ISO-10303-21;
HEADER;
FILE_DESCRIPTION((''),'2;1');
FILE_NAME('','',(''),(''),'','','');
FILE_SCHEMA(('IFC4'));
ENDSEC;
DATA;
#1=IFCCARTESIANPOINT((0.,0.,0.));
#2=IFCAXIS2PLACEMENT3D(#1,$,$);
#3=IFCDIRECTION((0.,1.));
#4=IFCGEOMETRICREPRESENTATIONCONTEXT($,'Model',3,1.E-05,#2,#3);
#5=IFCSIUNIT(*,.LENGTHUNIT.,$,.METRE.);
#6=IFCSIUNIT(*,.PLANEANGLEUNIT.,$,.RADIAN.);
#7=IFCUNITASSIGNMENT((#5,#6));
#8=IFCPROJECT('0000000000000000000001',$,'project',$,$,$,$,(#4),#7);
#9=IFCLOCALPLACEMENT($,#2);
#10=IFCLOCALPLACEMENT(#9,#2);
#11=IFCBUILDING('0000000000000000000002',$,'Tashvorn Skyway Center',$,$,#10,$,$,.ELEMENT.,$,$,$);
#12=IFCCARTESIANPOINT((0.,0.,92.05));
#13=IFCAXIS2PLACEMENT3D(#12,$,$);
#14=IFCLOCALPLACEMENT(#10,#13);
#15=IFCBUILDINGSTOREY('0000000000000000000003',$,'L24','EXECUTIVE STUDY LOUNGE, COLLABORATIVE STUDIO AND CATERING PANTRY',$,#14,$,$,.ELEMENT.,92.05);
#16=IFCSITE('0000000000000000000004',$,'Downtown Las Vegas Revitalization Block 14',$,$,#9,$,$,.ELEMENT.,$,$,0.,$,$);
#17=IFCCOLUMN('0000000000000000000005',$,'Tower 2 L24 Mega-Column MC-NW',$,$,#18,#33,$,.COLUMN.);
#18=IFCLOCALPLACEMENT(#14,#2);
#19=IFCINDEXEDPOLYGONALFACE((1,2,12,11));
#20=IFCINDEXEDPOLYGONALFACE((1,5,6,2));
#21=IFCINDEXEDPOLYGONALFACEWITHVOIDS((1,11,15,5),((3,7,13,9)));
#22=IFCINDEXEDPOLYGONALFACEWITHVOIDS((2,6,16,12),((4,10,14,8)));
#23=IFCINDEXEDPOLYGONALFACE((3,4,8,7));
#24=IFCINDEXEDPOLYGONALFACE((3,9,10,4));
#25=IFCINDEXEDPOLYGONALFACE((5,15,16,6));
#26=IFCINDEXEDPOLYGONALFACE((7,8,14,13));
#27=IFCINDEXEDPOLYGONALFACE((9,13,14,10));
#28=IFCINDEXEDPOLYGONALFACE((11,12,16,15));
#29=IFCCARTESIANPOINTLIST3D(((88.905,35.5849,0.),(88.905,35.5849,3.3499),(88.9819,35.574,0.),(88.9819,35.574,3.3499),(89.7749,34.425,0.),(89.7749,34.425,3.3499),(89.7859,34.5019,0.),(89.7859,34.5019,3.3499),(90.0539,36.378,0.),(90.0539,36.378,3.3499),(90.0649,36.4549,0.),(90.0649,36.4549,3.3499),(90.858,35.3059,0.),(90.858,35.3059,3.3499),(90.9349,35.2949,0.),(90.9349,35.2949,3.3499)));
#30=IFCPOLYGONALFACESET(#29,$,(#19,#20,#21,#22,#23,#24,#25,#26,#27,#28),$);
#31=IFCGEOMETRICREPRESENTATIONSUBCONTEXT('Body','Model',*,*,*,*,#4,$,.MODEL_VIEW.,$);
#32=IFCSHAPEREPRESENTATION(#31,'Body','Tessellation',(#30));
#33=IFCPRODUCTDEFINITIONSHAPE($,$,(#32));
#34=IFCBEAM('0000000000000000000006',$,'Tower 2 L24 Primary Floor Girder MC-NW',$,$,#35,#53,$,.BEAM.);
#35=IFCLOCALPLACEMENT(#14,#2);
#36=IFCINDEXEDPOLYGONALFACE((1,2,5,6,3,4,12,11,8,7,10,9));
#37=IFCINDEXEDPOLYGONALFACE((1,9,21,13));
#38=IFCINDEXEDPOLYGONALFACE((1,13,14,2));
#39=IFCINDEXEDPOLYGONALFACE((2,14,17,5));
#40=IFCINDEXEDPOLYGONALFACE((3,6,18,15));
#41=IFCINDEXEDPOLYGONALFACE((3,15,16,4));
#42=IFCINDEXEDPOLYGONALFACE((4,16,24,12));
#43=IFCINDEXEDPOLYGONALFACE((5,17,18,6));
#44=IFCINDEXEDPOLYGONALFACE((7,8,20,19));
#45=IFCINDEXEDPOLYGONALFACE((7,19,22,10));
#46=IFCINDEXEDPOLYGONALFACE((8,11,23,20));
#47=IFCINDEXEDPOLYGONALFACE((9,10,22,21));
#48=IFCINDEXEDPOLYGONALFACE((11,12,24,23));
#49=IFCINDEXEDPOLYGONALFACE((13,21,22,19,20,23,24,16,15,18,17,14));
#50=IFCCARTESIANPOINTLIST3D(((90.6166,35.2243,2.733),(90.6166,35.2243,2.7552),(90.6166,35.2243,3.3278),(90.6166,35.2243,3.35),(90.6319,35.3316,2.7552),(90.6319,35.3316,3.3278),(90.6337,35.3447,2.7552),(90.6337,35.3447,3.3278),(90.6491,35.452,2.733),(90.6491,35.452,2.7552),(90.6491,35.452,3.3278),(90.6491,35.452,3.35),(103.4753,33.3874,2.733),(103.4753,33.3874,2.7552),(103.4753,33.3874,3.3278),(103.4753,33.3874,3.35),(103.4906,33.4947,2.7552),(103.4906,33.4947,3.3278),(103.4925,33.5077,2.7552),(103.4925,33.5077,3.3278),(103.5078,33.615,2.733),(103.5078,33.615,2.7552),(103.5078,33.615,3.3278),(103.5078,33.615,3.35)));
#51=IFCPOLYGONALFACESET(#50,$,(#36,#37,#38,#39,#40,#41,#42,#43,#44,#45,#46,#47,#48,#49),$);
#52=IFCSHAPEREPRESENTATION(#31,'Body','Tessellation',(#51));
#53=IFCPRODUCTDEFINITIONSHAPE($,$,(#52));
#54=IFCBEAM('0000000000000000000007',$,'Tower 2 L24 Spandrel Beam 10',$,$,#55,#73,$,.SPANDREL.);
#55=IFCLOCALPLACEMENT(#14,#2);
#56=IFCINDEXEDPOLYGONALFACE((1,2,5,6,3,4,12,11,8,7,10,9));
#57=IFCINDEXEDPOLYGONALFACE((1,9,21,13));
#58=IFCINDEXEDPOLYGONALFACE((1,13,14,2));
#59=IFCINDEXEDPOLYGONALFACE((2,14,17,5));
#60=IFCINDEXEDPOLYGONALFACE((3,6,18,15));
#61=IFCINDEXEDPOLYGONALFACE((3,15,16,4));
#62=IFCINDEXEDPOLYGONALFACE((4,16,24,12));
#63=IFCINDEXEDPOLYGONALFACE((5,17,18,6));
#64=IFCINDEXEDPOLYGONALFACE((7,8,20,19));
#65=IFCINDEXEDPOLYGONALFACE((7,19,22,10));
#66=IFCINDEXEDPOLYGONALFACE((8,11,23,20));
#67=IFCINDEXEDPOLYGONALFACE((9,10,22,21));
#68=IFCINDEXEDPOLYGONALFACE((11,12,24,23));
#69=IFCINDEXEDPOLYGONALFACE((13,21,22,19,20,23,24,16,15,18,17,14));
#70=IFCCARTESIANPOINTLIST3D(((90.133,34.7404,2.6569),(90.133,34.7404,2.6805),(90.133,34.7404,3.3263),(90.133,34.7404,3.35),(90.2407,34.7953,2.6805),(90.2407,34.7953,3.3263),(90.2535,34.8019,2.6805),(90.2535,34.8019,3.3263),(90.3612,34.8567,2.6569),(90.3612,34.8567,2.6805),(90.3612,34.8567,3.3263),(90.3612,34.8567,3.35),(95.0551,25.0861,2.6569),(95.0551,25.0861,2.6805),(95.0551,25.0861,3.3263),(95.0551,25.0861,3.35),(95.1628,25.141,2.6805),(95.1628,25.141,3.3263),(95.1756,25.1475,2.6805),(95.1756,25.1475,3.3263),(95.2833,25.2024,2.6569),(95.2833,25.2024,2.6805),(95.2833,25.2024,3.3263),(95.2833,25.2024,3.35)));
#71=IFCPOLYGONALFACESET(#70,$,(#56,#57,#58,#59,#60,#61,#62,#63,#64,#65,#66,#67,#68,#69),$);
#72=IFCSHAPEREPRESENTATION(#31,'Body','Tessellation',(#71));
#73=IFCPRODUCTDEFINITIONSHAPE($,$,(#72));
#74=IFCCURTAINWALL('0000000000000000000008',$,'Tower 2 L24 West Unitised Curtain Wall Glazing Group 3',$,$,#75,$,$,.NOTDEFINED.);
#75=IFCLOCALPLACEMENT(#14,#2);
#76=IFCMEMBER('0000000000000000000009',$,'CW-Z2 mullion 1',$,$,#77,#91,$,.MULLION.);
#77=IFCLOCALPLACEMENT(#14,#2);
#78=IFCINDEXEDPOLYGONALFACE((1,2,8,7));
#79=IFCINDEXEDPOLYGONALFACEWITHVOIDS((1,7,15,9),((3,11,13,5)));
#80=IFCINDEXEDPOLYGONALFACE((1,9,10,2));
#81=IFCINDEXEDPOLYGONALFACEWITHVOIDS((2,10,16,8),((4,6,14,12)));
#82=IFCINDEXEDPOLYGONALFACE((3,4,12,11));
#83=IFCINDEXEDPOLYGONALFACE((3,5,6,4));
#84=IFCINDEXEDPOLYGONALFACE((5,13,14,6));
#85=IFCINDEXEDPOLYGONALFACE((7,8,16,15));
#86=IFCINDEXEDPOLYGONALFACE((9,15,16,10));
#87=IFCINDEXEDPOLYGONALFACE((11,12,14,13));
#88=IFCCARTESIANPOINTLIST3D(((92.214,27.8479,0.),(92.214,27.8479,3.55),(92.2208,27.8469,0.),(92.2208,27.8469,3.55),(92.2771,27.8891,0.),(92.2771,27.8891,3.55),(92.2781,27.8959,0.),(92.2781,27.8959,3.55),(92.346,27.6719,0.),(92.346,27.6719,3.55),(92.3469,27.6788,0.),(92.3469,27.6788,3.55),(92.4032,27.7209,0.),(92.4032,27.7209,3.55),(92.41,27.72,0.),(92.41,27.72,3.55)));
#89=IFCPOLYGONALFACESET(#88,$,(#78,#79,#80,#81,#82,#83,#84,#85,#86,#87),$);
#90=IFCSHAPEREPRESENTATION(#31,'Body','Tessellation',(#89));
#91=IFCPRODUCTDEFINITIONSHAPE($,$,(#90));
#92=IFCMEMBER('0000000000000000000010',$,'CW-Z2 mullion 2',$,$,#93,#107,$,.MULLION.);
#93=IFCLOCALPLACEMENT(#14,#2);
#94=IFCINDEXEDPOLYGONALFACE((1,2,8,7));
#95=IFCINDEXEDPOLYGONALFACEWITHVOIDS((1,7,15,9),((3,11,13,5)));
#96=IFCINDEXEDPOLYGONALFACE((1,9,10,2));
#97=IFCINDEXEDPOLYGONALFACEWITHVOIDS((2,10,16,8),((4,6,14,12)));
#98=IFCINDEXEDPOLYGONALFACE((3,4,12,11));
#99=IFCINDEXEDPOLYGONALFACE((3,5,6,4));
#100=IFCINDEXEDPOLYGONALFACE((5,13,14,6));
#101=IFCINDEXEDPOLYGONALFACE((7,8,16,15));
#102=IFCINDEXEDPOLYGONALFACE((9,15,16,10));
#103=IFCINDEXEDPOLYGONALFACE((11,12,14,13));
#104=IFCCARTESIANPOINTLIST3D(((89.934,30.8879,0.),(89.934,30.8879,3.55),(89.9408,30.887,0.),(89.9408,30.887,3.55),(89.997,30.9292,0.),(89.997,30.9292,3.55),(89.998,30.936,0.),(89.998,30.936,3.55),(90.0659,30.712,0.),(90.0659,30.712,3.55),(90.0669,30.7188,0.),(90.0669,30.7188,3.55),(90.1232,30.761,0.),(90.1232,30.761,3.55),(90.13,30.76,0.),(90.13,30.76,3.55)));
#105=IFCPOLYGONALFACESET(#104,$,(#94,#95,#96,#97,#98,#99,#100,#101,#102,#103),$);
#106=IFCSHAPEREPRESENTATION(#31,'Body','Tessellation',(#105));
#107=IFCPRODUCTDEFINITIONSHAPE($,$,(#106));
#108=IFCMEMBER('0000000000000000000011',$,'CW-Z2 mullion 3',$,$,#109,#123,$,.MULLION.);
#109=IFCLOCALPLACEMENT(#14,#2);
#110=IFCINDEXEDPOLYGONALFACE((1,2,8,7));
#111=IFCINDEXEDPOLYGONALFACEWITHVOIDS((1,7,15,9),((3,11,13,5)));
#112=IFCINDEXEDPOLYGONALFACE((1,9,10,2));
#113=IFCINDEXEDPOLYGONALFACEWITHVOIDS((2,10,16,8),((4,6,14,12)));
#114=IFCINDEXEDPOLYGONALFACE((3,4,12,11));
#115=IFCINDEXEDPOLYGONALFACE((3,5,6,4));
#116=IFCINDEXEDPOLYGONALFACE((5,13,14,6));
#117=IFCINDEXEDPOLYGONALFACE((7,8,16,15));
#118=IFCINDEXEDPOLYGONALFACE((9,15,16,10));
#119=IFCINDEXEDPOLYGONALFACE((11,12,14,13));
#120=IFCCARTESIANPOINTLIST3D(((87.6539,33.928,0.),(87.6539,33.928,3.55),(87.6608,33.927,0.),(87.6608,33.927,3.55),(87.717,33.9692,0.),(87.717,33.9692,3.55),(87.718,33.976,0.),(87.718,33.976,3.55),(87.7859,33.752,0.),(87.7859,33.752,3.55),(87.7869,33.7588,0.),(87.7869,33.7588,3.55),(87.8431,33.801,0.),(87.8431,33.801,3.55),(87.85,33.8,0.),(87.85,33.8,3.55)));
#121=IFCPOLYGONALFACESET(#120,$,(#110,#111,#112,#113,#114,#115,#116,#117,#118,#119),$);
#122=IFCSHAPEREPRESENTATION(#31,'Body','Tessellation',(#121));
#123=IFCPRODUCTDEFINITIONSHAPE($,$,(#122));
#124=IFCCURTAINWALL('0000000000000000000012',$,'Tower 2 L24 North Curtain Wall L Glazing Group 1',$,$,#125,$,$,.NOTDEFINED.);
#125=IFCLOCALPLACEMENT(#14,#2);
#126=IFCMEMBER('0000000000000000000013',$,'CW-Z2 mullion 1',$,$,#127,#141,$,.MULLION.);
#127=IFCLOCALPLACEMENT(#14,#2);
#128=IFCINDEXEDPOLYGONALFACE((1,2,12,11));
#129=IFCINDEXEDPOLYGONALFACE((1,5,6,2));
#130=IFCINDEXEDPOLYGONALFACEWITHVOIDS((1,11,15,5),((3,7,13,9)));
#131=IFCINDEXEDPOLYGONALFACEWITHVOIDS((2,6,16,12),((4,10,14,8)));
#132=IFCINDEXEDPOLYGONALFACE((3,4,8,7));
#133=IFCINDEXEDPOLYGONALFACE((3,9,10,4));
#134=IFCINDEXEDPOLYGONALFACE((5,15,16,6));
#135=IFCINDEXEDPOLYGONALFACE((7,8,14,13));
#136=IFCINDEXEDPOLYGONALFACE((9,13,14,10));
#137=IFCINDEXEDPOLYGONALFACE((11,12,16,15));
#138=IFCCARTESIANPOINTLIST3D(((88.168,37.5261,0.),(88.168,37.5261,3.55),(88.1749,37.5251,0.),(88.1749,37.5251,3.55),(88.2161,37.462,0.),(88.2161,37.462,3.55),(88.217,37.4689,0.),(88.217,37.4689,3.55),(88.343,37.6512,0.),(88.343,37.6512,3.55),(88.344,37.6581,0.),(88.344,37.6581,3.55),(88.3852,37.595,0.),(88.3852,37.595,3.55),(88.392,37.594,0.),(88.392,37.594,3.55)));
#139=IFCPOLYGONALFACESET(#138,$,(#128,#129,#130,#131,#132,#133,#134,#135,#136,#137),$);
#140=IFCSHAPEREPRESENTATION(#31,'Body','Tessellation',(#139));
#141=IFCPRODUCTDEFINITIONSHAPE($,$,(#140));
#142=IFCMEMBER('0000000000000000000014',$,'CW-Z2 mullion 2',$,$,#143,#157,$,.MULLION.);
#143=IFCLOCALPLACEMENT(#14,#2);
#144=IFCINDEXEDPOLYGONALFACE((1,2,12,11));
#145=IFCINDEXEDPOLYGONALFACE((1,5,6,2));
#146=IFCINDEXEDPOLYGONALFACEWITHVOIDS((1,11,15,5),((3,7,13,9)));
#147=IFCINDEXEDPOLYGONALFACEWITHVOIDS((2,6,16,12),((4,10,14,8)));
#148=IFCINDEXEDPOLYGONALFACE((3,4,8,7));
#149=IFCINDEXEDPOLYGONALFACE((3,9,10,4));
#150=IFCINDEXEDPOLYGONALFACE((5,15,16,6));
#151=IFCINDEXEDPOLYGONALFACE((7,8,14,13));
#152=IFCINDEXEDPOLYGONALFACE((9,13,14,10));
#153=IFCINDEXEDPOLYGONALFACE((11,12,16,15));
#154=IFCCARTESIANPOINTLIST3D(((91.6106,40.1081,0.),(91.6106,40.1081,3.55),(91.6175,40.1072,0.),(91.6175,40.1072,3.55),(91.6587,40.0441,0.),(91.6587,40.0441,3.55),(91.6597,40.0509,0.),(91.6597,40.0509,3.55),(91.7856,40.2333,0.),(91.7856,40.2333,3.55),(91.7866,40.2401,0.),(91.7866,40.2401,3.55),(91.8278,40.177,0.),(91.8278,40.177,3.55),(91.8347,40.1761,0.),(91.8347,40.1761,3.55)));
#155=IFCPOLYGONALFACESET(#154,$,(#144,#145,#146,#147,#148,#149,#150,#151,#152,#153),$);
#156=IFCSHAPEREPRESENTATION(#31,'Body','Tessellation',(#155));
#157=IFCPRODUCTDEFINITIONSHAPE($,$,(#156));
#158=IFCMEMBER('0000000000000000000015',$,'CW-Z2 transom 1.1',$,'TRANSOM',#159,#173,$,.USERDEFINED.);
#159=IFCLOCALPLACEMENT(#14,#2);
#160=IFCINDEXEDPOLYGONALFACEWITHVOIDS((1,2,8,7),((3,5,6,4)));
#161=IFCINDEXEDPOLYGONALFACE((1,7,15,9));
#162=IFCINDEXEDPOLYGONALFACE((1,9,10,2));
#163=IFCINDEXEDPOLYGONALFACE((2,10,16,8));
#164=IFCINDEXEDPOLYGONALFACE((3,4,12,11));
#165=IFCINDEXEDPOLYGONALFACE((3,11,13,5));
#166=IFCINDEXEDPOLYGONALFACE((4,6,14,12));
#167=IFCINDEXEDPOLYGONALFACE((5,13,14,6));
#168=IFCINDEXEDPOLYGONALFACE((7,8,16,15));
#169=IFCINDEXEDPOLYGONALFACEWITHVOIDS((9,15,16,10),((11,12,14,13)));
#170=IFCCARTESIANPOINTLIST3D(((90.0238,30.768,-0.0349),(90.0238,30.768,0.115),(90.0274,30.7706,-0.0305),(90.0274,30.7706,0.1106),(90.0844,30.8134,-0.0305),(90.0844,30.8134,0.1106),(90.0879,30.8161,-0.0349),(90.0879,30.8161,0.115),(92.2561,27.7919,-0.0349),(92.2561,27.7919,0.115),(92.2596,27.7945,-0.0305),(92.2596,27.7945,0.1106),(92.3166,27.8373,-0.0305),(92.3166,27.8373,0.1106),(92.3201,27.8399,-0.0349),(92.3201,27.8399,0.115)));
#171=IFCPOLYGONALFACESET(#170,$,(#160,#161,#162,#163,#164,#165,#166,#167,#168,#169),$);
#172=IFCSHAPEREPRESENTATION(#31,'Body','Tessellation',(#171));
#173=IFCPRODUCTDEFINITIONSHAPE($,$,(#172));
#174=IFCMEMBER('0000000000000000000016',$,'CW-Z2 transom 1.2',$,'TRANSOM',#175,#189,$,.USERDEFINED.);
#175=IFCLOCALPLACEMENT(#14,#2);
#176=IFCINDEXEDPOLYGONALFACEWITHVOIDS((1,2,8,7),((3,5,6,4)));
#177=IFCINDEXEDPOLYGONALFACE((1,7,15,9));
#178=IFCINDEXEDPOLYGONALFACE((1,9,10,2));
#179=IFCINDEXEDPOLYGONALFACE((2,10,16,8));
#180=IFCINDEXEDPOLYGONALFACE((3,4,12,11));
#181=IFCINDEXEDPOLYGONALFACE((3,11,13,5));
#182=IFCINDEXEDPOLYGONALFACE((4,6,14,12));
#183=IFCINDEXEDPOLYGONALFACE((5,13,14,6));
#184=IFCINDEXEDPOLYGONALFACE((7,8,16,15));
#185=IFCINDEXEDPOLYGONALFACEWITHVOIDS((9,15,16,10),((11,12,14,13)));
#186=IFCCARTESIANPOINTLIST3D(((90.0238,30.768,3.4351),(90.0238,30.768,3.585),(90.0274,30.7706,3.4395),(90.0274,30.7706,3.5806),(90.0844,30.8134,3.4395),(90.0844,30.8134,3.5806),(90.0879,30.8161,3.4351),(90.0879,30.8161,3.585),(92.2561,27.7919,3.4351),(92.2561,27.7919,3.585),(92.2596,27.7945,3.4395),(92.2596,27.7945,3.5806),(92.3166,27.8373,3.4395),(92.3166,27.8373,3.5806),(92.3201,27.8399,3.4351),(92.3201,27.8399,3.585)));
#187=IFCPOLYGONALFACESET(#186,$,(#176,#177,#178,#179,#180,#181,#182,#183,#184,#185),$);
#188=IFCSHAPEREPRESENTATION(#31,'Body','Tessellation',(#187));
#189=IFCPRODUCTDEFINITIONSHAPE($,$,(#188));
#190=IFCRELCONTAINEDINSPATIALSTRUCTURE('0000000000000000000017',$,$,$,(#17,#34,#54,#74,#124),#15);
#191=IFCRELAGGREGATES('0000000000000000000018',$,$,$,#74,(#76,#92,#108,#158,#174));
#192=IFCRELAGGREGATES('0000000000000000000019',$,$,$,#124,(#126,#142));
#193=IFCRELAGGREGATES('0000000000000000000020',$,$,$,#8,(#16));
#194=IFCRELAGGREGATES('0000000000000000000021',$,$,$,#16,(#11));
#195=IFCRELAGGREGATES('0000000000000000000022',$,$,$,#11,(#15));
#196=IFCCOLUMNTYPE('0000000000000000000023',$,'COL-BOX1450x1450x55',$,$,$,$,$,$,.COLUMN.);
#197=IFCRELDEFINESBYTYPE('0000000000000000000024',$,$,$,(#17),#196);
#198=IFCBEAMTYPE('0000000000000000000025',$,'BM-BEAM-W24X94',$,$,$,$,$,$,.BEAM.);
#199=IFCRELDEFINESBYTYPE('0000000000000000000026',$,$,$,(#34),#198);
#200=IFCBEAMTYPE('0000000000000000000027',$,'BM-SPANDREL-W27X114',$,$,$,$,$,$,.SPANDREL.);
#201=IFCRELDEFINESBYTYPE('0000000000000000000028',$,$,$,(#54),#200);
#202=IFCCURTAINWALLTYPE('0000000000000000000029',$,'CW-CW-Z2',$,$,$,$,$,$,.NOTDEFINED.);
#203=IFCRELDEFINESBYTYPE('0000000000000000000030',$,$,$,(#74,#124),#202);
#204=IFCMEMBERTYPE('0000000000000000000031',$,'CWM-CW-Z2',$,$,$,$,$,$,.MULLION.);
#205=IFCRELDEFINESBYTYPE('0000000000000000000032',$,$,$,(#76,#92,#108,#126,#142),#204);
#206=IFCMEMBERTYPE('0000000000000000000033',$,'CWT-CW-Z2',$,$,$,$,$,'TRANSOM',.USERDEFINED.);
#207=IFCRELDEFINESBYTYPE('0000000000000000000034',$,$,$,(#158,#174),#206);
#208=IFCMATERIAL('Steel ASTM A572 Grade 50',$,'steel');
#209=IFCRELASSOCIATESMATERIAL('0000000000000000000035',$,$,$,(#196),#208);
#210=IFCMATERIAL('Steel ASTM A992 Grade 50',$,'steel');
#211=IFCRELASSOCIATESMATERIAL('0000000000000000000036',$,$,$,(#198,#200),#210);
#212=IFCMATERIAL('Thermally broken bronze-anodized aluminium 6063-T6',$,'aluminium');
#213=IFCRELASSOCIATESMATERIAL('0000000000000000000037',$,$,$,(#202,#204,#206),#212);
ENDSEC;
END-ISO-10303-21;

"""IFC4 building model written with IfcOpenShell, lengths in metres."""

from ifc_helpers import new_model, si_unit, direction, frame, origin, origin_2d, place, context, subcontext, project, spatial, hollow_rectangle, i_section, extrude, material, material_profile, profile_set, type_object, element, aggregate, save


model = new_model("IFC4")

# Units and contexts
model_context = context("Model", 3, precision=1e-05, world=origin(), true_north=direction((0.0, 1.0)))
body_context = subcontext(model_context, "Body", "Model", "MODEL_VIEW")
ifc_project = project(units=[si_unit("LENGTHUNIT", "METRE"), si_unit("PLANEANGLEUNIT", "RADIAN")], contexts=[model_context])

# Site, building, storey
site_placement = place(None, origin())
site = spatial("IfcSite", under=ifc_project, at=site_placement, Name="Downtown Las Vegas Revitalization Block 14", CompositionType="ELEMENT", RefElevation=0.0)
building_placement = place(site_placement, origin())
building = spatial("IfcBuilding", under=site, at=building_placement, Name="Tashvorn Skyway Center", CompositionType="ELEMENT")
storey_placement = place(building_placement, frame((0.0, 0.0, 92.05)))
storey = spatial("IfcBuildingStorey", under=building, at=storey_placement, Name="L24", Description="EXECUTIVE STUDY LOUNGE, COLLABORATIVE STUDIO AND CATERING PANTRY", CompositionType="ELEMENT", Elevation=92.05)

# Column
ifc_material_1 = material(Name="Steel ASTM A572 Grade 50", Category="steel")
ifc_material_profile_1 = material_profile(ifc_material_1, hollow_rectangle(XDim=1.45, YDim=1.45, WallThickness=0.0549, at=origin_2d()), Name="BOX1450x1450x55")
ifc_profile_set_1 = profile_set([ifc_material_profile_1], Name="Steel ASTM A572 Grade 50")
column_type = type_object("IfcColumnType", Name="COL-BOX1450x1450x55", PredefinedType="COLUMN", material=ifc_profile_set_1)
column_placement = place(storey_placement, frame((89.9199, 35.4399, 0.0), z_axis=(0.0, 0.0, 1.0), x_axis=(0.8, 0.6, 0.0)))
element("IfcColumn", 1, at=column_placement, inside=storey, type_object=column_type, Name="Tower 2 L24 Mega-Column MC-NW", PredefinedType="COLUMN", context=body_context, shape_type="SweptSolid", body=[
    extrude(hollow_rectangle(XDim=1.45, YDim=1.45, WallThickness=0.0549, at=origin_2d()), origin(), (0.0, 0.0, 1.0), 3.3499),
])

# Beams
ifc_material_2 = material(Name="Steel ASTM A992 Grade 50", Category="steel")
ifc_material_profile_2 = material_profile(ifc_material_2, i_section(OverallWidth=0.23, OverallDepth=0.6169, WebThickness=0.0132, FlangeThickness=0.0222, at=origin_2d()), Name="W24X94")
ifc_profile_set_2 = profile_set([ifc_material_profile_2], Name="Steel ASTM A992 Grade 50")
beam_type_1 = type_object("IfcBeamType", Name="BM-BEAM-W24X94", PredefinedType="BEAM", material=ifc_profile_set_2)
beam_1_placement = place(storey_placement, frame((90.6328, 35.3381, 3.0415), z_axis=(0.98995, -0.141419, 0.0), x_axis=(0.141419, 0.98995, 0.0)))
element("IfcBeam", 2, at=beam_1_placement, inside=storey, type_object=beam_type_1, Name="Tower 2 L24 Primary Floor Girder MC-NW", PredefinedType="BEAM", context=body_context, shape_type="SweptSolid", body=[
    extrude(i_section(OverallWidth=0.23, OverallDepth=0.6169, WebThickness=0.0132, FlangeThickness=0.0222, at=origin_2d()), origin(), (0.0, 0.0, 1.0), 12.9893),
])
ifc_material_profile_3 = material_profile(ifc_material_2, i_section(OverallWidth=0.2561, OverallDepth=0.6931, WebThickness=0.0144, FlangeThickness=0.0237, at=origin_2d()), Name="W27X114")
ifc_profile_set_3 = profile_set([ifc_material_profile_3], Name="Steel ASTM A992 Grade 50")
beam_type_2 = type_object("IfcBeamType", Name="BM-SPANDREL-W27X114", PredefinedType="SPANDREL", material=ifc_profile_set_3)
beam_2_placement = place(storey_placement, frame((90.2471, 34.7986, 3.0034), z_axis=(0.454211, -0.890894, 0.0), x_axis=(0.890894, 0.454211, 0.0)))
element("IfcBeam", 3, at=beam_2_placement, inside=storey, type_object=beam_type_2, Name="Tower 2 L24 Spandrel Beam 10", PredefinedType="SPANDREL", context=body_context, shape_type="SweptSolid", body=[
    extrude(i_section(OverallWidth=0.2561, OverallDepth=0.6931, WebThickness=0.0144, FlangeThickness=0.0237, at=origin_2d()), origin(), (0.0, 0.0, 1.0), 10.8367),
])

# Curtain walls, members
ifc_material_3 = material(Name="Thermally broken bronze-anodized aluminium 6063-T6", Category="aluminium")
curtain_wall_type = type_object("IfcCurtainWallType", Name="CW-CW-Z2", PredefinedType="NOTDEFINED", material=ifc_material_3)
curtain_wall_1_placement = place(storey_placement, origin())
curtain_wall_1 = element("IfcCurtainWall", 4, at=curtain_wall_1_placement, inside=storey, type_object=curtain_wall_type, Name="Tower 2 L24 West Unitised Curtain Wall Glazing Group 3", PredefinedType="NOTDEFINED")
ifc_material_profile_4 = material_profile(ifc_material_3, hollow_rectangle(XDim=0.0801, YDim=0.22, WallThickness=0.0049, at=origin_2d()), Name="ALU-MULL-80x220")
ifc_profile_set_4 = profile_set([ifc_material_profile_4], Name="Thermally broken bronze-anodized aluminium 6063-T6")
member_type_1 = type_object("IfcMemberType", Name="CWM-CW-Z2", PredefinedType="MULLION", material=ifc_profile_set_4)
member_1_placement = place(storey_placement, frame((92.312, 27.7839, 0.0), z_axis=(0.0, 0.0, 1.0), x_axis=(-0.8, -0.6, 0.0)))
member_1 = element("IfcMember", 5, at=member_1_placement, type_object=member_type_1, Name="CW-Z2 mullion 1", PredefinedType="MULLION", context=body_context, shape_type="SweptSolid", body=[
    extrude(hollow_rectangle(XDim=0.0801, YDim=0.22, WallThickness=0.0049, at=origin_2d()), origin(), (0.0, 0.0, 1.0), 3.55),
])
member_2_placement = place(storey_placement, frame((90.032, 30.824, 0.0), z_axis=(0.0, 0.0, 1.0), x_axis=(-0.8, -0.6, 0.0)))
member_2 = element("IfcMember", 6, at=member_2_placement, type_object=member_type_1, Name="CW-Z2 mullion 2", PredefinedType="MULLION", context=body_context, shape_type="SweptSolid", body=[
    extrude(hollow_rectangle(XDim=0.0801, YDim=0.22, WallThickness=0.0049, at=origin_2d()), origin(), (0.0, 0.0, 1.0), 3.55),
])
member_3_placement = place(storey_placement, frame((87.752, 33.864, 0.0), z_axis=(0.0, 0.0, 1.0), x_axis=(-0.8, -0.6, 0.0)))
member_3 = element("IfcMember", 7, at=member_3_placement, type_object=member_type_1, Name="CW-Z2 mullion 3", PredefinedType="MULLION", context=body_context, shape_type="SweptSolid", body=[
    extrude(hollow_rectangle(XDim=0.0801, YDim=0.22, WallThickness=0.0049, at=origin_2d()), origin(), (0.0, 0.0, 1.0), 3.55),
])
curtain_wall_2_placement = place(storey_placement, origin())
curtain_wall_2 = element("IfcCurtainWall", 8, at=curtain_wall_2_placement, inside=storey, type_object=curtain_wall_type, Name="Tower 2 L24 North Curtain Wall L Glazing Group 1", PredefinedType="NOTDEFINED")
member_4_placement = place(storey_placement, frame((88.28, 37.5601, 0.0), z_axis=(0.0, 0.0, 1.0), x_axis=(-0.600002, 0.799999, 0.0)))
member_4 = element("IfcMember", 9, at=member_4_placement, type_object=member_type_1, Name="CW-Z2 mullion 1", PredefinedType="MULLION", context=body_context, shape_type="SweptSolid", body=[
    extrude(hollow_rectangle(XDim=0.0801, YDim=0.22, WallThickness=0.0049, at=origin_2d()), origin(), (0.0, 0.0, 1.0), 3.55),
])
member_5_placement = place(storey_placement, frame((91.7227, 40.1421, 0.0), z_axis=(0.0, 0.0, 1.0), x_axis=(-0.600002, 0.799999, 0.0)))
member_5 = element("IfcMember", 10, at=member_5_placement, type_object=member_type_1, Name="CW-Z2 mullion 2", PredefinedType="MULLION", context=body_context, shape_type="SweptSolid", body=[
    extrude(hollow_rectangle(XDim=0.0801, YDim=0.22, WallThickness=0.0049, at=origin_2d()), origin(), (0.0, 0.0, 1.0), 3.55),
])

# Members
ifc_material_profile_5 = material_profile(ifc_material_3, hollow_rectangle(XDim=0.0801, YDim=0.1499, WallThickness=0.0044, at=origin_2d()), Name="ALU-TRAN-80x150")
ifc_profile_set_5 = profile_set([ifc_material_profile_5], Name="Thermally broken bronze-anodized aluminium 6063-T6")
member_type_2 = type_object("IfcMemberType", Name="CWT-CW-Z2", ElementType="TRANSOM", PredefinedType="USERDEFINED", material=ifc_profile_set_5)
member_6_placement = place(storey_placement, frame((92.2881, 27.8159, 0.04), z_axis=(-0.600021, 0.799984, 0.0), x_axis=(-0.799984, -0.600021, 0.0)))
member_6 = element("IfcMember", 11, at=member_6_placement, type_object=member_type_2, Name="CW-Z2 transom 1.1", ObjectType="TRANSOM", PredefinedType="USERDEFINED", context=body_context, shape_type="SweptSolid", body=[
    extrude(hollow_rectangle(XDim=0.0801, YDim=0.1499, WallThickness=0.0044, at=origin_2d()), origin(), (0.0, 0.0, 1.0), 3.7202),
])
member_7_placement = place(storey_placement, frame((92.2881, 27.8159, 3.51), z_axis=(-0.600021, 0.799984, 0.0), x_axis=(-0.799984, -0.600021, 0.0)))
member_7 = element("IfcMember", 12, at=member_7_placement, type_object=member_type_2, Name="CW-Z2 transom 1.2", ObjectType="TRANSOM", PredefinedType="USERDEFINED", context=body_context, shape_type="SweptSolid", body=[
    extrude(hollow_rectangle(XDim=0.0801, YDim=0.1499, WallThickness=0.0044, at=origin_2d()), origin(), (0.0, 0.0, 1.0), 3.7202),
])

aggregate(curtain_wall_1, [member_1, member_2, member_3, member_6, member_7])
aggregate(curtain_wall_2, [member_4, member_5])

save(model, "model.ifc")
